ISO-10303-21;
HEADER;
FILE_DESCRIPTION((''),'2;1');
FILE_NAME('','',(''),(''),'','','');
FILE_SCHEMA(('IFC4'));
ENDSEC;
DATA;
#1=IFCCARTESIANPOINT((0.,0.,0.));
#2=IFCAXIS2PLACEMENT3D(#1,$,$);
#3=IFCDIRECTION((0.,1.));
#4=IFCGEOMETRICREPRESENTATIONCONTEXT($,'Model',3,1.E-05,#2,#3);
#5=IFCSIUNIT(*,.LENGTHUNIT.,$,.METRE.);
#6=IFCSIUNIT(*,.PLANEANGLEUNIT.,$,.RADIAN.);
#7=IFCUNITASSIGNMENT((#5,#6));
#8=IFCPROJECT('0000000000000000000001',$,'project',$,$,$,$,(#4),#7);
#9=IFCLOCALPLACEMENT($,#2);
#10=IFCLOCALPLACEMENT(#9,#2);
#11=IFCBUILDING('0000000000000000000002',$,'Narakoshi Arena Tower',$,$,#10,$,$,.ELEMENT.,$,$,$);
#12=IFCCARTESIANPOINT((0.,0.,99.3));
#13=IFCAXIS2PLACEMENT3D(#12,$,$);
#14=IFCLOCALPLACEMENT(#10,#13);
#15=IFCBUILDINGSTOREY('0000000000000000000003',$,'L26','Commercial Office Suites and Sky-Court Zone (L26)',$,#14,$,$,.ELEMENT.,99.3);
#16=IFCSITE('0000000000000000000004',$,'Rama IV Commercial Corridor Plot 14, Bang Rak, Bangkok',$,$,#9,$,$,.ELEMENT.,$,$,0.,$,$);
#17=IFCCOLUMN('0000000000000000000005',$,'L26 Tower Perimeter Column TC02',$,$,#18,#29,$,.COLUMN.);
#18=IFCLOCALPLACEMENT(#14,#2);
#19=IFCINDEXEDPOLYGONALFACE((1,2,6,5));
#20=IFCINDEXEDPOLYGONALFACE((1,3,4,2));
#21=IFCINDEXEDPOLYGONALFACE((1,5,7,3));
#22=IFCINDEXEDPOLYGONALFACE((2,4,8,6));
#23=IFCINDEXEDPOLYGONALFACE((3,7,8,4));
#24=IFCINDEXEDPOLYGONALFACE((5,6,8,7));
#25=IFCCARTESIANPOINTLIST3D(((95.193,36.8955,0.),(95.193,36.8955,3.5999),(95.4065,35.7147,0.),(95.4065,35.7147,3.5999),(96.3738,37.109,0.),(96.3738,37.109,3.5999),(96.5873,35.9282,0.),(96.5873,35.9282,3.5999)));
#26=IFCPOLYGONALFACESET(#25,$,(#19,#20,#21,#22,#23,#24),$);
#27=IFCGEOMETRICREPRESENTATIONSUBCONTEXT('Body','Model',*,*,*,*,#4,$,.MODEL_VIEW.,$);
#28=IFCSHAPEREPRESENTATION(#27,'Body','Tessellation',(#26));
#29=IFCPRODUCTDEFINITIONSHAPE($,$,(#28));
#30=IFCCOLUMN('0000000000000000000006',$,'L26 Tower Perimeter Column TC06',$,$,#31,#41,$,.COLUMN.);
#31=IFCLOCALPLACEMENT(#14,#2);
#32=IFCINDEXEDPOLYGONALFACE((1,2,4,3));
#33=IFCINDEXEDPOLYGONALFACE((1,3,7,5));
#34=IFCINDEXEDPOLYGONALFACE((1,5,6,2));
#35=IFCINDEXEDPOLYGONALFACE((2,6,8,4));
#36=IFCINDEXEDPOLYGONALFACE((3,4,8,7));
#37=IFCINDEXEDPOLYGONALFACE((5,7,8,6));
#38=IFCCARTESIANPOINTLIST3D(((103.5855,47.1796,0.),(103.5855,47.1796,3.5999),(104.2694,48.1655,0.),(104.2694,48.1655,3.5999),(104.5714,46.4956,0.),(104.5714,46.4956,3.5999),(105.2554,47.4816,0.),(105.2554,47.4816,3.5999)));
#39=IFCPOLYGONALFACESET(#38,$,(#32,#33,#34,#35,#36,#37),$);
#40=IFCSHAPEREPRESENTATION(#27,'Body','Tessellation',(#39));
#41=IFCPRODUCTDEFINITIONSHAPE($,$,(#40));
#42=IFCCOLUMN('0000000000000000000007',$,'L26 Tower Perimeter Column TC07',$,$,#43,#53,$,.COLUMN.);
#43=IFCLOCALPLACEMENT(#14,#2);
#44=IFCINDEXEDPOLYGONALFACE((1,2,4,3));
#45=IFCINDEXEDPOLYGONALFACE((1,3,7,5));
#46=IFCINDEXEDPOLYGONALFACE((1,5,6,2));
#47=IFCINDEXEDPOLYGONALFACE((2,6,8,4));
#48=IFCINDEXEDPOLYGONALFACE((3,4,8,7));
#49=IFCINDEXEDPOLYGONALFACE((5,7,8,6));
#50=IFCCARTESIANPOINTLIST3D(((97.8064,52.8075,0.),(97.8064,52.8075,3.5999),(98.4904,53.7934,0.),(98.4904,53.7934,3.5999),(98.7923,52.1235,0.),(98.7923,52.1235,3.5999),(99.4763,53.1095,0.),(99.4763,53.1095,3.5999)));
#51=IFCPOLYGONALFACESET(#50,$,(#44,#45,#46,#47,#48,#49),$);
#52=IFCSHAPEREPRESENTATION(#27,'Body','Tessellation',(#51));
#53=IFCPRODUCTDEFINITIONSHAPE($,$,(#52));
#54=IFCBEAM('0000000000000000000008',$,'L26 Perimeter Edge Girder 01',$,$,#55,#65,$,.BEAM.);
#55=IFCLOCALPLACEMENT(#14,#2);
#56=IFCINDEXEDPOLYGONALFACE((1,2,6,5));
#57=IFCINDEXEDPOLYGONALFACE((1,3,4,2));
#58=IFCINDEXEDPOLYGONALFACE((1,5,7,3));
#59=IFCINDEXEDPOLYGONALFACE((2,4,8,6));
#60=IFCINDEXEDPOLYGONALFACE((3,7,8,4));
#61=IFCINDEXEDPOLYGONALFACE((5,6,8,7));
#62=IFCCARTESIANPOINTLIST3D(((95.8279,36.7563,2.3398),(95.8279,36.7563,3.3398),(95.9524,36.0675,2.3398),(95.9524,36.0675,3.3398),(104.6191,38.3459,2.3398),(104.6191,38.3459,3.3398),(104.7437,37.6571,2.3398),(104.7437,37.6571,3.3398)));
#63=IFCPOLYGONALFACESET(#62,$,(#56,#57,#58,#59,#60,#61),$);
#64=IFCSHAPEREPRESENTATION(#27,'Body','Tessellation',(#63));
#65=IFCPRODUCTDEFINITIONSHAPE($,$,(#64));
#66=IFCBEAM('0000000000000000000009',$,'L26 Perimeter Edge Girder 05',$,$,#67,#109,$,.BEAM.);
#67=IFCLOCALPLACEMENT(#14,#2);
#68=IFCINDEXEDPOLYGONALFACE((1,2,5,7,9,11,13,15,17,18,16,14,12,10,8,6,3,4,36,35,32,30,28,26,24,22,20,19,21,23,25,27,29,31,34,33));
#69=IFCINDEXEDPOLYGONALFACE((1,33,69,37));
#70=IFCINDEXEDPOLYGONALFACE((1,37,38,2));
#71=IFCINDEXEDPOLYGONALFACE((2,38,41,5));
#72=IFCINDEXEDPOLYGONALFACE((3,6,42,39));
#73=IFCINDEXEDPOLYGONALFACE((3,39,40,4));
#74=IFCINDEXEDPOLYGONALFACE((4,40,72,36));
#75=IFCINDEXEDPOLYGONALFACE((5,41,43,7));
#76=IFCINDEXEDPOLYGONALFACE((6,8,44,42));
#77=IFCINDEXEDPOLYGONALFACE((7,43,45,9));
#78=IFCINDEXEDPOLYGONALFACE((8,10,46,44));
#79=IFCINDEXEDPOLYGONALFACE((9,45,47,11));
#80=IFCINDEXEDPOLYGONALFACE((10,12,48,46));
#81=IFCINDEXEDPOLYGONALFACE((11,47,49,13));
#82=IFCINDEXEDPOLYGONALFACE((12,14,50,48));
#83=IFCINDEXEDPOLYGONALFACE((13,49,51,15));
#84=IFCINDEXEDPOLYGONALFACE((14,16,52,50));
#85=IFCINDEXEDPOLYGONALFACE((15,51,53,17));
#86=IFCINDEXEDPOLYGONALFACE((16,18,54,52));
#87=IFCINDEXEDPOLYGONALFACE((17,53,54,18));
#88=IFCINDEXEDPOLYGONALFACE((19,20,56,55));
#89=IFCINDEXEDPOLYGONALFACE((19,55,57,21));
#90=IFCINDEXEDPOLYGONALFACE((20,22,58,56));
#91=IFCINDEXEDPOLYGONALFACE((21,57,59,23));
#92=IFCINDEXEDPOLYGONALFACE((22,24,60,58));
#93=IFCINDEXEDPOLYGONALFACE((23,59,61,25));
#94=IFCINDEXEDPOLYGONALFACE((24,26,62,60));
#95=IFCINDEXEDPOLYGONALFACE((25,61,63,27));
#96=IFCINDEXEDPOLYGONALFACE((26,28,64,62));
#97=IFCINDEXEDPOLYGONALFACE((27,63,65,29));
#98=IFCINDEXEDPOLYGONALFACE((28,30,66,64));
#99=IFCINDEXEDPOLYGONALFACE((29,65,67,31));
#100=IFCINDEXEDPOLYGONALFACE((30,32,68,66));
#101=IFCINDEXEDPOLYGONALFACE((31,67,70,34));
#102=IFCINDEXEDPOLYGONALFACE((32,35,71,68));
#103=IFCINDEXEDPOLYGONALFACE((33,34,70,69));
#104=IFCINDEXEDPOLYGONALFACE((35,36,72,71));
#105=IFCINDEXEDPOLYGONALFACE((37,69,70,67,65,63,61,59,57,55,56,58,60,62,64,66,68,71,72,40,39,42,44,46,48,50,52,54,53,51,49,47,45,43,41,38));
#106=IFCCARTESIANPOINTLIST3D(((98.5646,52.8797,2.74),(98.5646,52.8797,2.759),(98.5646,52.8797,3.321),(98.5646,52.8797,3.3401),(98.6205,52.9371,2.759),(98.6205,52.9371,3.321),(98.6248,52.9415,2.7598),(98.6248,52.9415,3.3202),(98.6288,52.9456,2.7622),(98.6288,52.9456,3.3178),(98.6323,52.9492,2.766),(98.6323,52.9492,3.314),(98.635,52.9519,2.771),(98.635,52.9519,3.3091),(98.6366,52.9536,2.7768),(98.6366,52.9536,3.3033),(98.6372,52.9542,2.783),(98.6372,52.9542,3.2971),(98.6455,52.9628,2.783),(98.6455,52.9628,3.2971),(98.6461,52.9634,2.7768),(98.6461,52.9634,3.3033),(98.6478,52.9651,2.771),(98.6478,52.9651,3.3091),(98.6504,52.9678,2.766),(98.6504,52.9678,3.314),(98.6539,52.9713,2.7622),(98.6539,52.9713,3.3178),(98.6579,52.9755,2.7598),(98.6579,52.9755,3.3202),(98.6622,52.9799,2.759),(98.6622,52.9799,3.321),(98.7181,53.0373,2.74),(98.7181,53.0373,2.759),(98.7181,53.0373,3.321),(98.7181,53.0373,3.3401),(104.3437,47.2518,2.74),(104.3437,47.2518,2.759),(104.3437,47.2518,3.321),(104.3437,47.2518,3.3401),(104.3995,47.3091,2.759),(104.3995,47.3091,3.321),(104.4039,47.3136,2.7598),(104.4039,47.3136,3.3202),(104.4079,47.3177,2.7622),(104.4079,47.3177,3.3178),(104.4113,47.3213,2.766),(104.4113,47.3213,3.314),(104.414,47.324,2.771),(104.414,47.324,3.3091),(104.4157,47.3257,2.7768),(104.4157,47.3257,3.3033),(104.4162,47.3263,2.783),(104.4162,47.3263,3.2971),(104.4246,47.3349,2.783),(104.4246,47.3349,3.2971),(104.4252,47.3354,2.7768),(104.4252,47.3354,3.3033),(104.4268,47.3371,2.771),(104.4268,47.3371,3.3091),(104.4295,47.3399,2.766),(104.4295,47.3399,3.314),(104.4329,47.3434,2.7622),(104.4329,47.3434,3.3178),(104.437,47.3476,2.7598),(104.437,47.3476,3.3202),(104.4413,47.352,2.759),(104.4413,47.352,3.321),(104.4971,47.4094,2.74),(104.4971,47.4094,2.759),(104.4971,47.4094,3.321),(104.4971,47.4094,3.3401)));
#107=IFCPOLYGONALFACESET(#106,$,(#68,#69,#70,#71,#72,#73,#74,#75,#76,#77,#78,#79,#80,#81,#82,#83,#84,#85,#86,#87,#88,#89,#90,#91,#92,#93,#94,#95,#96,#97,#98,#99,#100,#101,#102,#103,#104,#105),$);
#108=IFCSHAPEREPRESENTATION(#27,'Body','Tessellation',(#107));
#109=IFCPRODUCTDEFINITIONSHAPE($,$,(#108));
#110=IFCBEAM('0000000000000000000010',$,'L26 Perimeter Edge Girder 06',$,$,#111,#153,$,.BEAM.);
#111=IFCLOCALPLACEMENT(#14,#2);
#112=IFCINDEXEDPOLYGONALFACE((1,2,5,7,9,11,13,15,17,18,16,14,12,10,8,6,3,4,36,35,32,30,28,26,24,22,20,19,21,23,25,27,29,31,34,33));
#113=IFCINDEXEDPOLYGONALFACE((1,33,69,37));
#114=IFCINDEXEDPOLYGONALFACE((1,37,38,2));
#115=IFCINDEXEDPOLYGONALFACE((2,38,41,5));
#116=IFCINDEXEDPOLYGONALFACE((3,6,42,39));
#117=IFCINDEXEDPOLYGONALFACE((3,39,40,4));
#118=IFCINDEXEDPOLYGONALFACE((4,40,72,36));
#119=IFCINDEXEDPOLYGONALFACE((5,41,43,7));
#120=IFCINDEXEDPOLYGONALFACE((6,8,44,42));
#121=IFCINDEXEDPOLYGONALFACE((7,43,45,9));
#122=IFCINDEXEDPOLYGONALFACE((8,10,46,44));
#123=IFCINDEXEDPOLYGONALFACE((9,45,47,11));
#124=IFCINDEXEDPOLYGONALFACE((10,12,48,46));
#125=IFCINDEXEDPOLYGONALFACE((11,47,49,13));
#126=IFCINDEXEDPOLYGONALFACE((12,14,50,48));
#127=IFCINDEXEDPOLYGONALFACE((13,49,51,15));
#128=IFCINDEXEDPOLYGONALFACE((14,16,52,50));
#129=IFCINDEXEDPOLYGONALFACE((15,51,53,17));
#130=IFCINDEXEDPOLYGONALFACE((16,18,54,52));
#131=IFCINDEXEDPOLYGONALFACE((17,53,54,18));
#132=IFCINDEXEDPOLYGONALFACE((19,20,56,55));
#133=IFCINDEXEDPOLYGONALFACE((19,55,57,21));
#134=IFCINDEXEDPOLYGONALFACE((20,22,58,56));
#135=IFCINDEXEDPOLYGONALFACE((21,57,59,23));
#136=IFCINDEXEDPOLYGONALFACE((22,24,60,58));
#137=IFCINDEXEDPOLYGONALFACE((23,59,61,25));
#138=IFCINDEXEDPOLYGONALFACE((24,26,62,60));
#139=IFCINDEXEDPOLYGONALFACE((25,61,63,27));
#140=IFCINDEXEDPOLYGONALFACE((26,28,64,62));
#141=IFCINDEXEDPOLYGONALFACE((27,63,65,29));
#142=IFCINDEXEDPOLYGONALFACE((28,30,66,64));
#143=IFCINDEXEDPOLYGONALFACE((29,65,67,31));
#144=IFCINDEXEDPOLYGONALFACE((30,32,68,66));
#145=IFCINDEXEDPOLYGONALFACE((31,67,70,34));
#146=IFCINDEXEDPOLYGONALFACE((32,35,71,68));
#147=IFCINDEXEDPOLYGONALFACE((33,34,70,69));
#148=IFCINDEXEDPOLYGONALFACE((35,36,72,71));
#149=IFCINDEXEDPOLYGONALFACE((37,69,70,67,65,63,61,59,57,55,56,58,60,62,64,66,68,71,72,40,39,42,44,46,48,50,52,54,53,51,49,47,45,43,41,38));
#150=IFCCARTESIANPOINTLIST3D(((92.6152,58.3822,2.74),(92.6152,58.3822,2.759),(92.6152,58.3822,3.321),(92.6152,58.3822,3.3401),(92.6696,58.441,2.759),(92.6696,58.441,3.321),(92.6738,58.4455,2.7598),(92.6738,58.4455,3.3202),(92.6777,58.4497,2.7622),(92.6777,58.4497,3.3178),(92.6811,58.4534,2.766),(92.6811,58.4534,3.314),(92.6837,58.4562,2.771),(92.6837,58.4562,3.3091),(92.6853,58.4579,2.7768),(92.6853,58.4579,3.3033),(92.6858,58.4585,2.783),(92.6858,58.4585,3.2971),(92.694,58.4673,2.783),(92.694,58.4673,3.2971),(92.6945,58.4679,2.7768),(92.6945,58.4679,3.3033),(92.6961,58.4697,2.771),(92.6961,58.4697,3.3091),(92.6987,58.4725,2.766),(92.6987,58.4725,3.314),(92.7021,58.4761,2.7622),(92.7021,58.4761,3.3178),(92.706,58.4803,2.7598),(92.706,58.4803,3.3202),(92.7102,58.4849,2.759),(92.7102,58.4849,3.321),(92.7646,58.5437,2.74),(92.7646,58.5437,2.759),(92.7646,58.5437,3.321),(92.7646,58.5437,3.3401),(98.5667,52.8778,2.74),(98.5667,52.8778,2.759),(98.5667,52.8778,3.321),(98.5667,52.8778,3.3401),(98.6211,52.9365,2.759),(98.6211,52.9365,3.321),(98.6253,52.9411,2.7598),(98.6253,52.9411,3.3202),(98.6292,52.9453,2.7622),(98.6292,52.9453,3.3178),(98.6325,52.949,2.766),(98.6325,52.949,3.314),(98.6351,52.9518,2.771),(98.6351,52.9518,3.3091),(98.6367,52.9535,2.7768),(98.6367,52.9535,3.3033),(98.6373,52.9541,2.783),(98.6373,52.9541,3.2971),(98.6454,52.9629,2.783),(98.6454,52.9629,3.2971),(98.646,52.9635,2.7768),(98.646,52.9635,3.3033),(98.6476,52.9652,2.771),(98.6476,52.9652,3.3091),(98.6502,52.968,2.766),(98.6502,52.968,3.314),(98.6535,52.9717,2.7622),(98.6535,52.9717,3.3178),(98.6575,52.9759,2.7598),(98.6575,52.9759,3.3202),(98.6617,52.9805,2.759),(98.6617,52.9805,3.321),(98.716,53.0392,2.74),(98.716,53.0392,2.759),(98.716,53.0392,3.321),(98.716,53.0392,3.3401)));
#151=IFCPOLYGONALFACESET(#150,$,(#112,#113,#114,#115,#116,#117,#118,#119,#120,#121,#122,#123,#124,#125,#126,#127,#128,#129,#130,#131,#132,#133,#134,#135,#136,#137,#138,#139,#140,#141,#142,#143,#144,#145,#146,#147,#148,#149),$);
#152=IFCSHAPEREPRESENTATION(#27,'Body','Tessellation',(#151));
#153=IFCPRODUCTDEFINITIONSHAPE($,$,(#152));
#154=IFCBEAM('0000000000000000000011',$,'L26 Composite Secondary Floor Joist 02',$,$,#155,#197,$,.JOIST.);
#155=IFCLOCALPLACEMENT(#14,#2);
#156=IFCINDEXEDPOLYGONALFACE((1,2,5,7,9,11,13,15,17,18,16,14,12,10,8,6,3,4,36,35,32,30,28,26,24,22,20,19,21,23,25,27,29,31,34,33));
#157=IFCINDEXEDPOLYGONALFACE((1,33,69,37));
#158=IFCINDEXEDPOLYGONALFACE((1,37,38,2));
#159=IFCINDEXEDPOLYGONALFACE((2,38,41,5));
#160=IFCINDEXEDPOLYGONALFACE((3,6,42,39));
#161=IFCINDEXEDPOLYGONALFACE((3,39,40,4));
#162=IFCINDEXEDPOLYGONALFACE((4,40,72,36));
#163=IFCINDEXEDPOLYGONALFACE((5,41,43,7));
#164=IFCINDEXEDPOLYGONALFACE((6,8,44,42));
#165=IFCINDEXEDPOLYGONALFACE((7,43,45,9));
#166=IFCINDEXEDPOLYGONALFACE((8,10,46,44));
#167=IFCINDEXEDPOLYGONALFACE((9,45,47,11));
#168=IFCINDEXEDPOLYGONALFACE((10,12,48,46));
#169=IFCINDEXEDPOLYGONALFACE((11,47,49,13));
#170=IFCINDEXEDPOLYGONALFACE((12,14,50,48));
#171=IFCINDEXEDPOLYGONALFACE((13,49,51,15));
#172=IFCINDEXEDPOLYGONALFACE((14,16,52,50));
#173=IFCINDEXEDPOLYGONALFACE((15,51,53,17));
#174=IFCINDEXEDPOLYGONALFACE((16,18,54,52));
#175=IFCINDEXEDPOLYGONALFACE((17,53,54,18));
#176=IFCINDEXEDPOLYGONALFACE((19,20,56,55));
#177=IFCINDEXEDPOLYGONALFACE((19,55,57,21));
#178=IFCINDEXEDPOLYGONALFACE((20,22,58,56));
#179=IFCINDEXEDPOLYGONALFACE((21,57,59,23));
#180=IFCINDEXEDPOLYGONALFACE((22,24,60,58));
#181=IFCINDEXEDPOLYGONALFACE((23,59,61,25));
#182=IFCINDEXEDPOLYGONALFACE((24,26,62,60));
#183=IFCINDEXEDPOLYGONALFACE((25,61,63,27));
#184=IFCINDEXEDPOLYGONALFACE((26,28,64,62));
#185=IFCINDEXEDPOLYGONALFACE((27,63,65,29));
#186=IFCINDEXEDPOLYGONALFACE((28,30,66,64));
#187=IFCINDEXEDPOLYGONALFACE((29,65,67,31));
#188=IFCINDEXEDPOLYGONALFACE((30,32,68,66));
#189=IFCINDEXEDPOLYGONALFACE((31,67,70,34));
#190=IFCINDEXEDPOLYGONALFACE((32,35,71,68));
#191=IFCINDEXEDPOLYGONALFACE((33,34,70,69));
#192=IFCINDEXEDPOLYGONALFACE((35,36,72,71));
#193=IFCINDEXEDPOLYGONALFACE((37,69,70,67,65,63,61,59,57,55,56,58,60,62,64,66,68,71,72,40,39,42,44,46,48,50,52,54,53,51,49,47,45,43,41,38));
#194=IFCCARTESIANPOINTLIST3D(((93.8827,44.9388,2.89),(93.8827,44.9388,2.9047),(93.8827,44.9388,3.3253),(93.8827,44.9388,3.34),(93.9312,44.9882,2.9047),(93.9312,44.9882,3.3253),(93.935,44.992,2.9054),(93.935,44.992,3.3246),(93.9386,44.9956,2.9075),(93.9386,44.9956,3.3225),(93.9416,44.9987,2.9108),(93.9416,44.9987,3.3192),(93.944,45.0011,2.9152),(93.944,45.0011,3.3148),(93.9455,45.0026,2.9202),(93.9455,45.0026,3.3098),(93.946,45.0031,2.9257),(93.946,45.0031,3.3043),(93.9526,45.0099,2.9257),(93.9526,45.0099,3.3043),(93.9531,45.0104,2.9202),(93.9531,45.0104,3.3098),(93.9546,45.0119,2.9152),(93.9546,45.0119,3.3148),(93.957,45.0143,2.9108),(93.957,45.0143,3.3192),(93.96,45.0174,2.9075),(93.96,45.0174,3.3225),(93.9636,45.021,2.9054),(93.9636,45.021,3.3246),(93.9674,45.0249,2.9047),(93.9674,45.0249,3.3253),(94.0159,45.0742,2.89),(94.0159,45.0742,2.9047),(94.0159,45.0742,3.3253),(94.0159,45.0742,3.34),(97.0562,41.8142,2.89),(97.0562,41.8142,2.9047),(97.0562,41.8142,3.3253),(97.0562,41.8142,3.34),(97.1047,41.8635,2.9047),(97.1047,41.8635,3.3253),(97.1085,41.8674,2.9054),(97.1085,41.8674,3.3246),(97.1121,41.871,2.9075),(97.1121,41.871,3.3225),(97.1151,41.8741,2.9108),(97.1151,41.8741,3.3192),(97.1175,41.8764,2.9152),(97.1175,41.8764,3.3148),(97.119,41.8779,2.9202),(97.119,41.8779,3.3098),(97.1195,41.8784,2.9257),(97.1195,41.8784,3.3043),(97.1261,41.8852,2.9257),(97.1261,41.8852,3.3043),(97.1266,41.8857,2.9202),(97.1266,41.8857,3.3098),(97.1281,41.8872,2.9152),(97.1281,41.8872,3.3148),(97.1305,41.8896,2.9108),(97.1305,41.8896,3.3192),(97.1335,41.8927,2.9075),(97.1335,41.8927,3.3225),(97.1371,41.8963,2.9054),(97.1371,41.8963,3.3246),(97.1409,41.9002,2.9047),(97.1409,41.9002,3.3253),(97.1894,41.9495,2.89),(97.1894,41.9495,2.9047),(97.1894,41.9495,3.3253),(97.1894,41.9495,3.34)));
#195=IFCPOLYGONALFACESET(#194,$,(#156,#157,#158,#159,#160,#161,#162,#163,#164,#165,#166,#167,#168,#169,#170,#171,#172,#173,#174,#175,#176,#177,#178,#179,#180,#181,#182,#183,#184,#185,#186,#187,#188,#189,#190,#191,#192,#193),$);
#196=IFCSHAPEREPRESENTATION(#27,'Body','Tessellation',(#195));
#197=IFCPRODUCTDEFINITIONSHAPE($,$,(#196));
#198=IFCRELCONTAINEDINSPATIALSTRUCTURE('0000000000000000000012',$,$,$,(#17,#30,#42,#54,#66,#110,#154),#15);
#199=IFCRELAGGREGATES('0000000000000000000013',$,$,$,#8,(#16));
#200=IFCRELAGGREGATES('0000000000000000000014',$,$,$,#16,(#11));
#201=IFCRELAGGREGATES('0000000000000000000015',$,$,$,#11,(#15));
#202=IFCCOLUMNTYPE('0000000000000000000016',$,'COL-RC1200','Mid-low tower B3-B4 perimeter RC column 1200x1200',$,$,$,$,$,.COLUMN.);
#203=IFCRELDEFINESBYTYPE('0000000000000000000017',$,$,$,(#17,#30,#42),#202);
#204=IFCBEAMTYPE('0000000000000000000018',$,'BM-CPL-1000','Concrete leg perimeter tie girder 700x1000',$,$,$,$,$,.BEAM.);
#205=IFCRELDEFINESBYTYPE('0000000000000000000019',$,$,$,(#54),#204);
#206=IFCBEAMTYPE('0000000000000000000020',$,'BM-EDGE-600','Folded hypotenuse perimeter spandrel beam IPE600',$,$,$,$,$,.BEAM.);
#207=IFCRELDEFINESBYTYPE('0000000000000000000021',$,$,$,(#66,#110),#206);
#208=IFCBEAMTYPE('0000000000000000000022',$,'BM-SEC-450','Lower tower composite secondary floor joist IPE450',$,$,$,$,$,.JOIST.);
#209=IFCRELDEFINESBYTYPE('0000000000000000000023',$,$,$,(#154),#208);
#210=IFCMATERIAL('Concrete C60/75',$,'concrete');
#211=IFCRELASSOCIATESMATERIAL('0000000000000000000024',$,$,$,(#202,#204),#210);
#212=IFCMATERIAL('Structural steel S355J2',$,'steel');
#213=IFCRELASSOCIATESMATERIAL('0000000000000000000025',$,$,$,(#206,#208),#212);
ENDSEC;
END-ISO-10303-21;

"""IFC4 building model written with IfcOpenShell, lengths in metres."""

from ifc_helpers import new_model, si_unit, direction, frame, origin, origin_2d, place, context, subcontext, project, spatial, rectangle, i_section, extrude, material, material_profile, profile_set, type_object, element, save


model = new_model("IFC4")

# Units and contexts
model_context = context("Model", 3, precision=1e-05, world=origin(), true_north=direction((0.0, 1.0)))
body_context = subcontext(model_context, "Body", "Model", "MODEL_VIEW")
ifc_project = project(units=[si_unit("LENGTHUNIT", "METRE"), si_unit("PLANEANGLEUNIT", "RADIAN")], contexts=[model_context])

# Site, building, storey
site_placement = place(None, origin())
site = spatial("IfcSite", under=ifc_project, at=site_placement, Name="Rama IV Commercial Corridor Plot 14, Bang Rak, Bangkok", CompositionType="ELEMENT", RefElevation=0.0)
building_placement = place(site_placement, origin())
building = spatial("IfcBuilding", under=site, at=building_placement, Name="Narakoshi Arena Tower", CompositionType="ELEMENT")
storey_placement = place(building_placement, frame((0.0, 0.0, 99.3)))
storey = spatial("IfcBuildingStorey", under=building, at=storey_placement, Name="L26", Description="Commercial Office Suites and Sky-Court Zone (L26)", CompositionType="ELEMENT", Elevation=99.3)

# Columns
ifc_material_1 = material(Name="Concrete C60/75", Category="concrete")
ifc_material_profile_1 = material_profile(ifc_material_1, rectangle(XDim=1.2, YDim=1.2, at=origin_2d()), Name="RC1200x1200")
ifc_profile_set_1 = profile_set([ifc_material_profile_1], Name="Concrete C60/75")
column_type = type_object("IfcColumnType", Name="COL-RC1200", Description="Mid-low tower B3-B4 perimeter RC column 1200x1200", PredefinedType="COLUMN", material=ifc_profile_set_1)
for number, where, z_axis, x_axis, name in (
    (1, (95.8901, 36.4119, 0.0), (0.0, 0.0, 1.0), (0.984041, 0.177944, 0.0), "L26 Tower Perimeter Column TC02"),
    (2, (104.4204, 47.3306, 0.0), (0.0, 0.0, 1.0), (0.569997, 0.821647, 0.0), "L26 Tower Perimeter Column TC06"),
    (3, (98.6414, 52.9585, 0.0), (0.0, 0.0, 1.0), (0.569997, 0.821647, 0.0), "L26 Tower Perimeter Column TC07"),
):
    element("IfcColumn", number, at=place(storey_placement, frame(where, z_axis=z_axis, x_axis=x_axis)), inside=storey, type_object=column_type, Name=name, PredefinedType="COLUMN", context=body_context, shape_type="SweptSolid", body=[
        extrude(rectangle(XDim=1.2, YDim=1.2, at=origin_2d()), origin(), (0.0, 0.0, 1.0), 3.5999),
    ])

# Beams
ifc_material_profile_2 = material_profile(ifc_material_1, rectangle(XDim=0.7, YDim=1.0, at=origin_2d()), Name="RCB700x1000")
ifc_profile_set_2 = profile_set([ifc_material_profile_2], Name="Concrete C60/75")
beam_type_1 = type_object("IfcBeamType", Name="BM-CPL-1000", Description="Concrete leg perimeter tie girder 700x1000", PredefinedType="BEAM", material=ifc_profile_set_2)
beam_1_placement = place(storey_placement, frame((95.8901, 36.4119, 2.8398), z_axis=(0.984043, 0.177931, 0.0), x_axis=(-0.177931, 0.984043, 0.0)))
element("IfcBeam", 4, at=beam_1_placement, inside=storey, type_object=beam_type_1, Name="L26 Perimeter Edge Girder 01", PredefinedType="BEAM", context=body_context, shape_type="SweptSolid", body=[
    extrude(rectangle(XDim=0.7, YDim=1.0, at=origin_2d()), origin(), (0.0, 0.0, 1.0), 8.9338),
])
ifc_material_2 = material(Name="Structural steel S355J2", Category="steel")
ifc_material_profile_3 = material_profile(ifc_material_2, i_section(OverallWidth=0.22, OverallDepth=0.6001, WebThickness=0.012, FlangeThickness=0.019, FilletRadius=0.0239, at=origin_2d()), Name="IPE600")
ifc_profile_set_3 = profile_set([ifc_material_profile_3], Name="Structural steel S355J2")
beam_type_2 = type_object("IfcBeamType", Name="BM-EDGE-600", Description="Folded hypotenuse perimeter spandrel beam IPE600", PredefinedType="BEAM", material=ifc_profile_set_3)
beam_2_placement = place(storey_placement, frame((104.4204, 47.3306, 3.04), z_axis=(-0.716412, 0.697678, 0.0), x_axis=(-0.697678, -0.716412, 0.0)))
element("IfcBeam", 5, at=beam_2_placement, inside=storey, type_object=beam_type_2, Name="L26 Perimeter Edge Girder 05", PredefinedType="BEAM", context=body_context, shape_type="SweptSolid", body=[
    extrude(i_section(OverallWidth=0.22, OverallDepth=0.6001, WebThickness=0.012, FlangeThickness=0.019, FilletRadius=0.0239, at=origin_2d()), origin(), (0.0, 0.0, 1.0), 8.0667),
])
beam_3_placement = place(storey_placement, frame((98.6414, 52.9585, 3.04), z_axis=(-0.73414, 0.678998, 0.0), x_axis=(-0.678998, -0.73414, 0.0)))
element("IfcBeam", 6, at=beam_3_placement, inside=storey, type_object=beam_type_2, Name="L26 Perimeter Edge Girder 06", PredefinedType="BEAM", context=body_context, shape_type="SweptSolid", body=[
    extrude(i_section(OverallWidth=0.22, OverallDepth=0.6001, WebThickness=0.012, FlangeThickness=0.019, FilletRadius=0.0239, at=origin_2d()), origin(), (0.0, 0.0, 1.0), 8.1067),
])
ifc_material_profile_4 = material_profile(ifc_material_2, i_section(OverallWidth=0.1899, OverallDepth=0.45, WebThickness=0.0095, FlangeThickness=0.0146, FilletRadius=0.021, at=origin_2d()), Name="IPE450")
ifc_profile_set_4 = profile_set([ifc_material_profile_4], Name="Structural steel S355J2")
beam_type_3 = type_object("IfcBeamType", Name="BM-SEC-450", Description="Lower tower composite secondary floor joist IPE450", PredefinedType="JOIST", material=ifc_profile_set_4)
beam_4_placement = place(storey_placement, frame((97.1228, 41.8818, 3.115), z_axis=(-0.712567, 0.701604, 0.0), x_axis=(-0.701604, -0.712567, 0.0)))
element("IfcBeam", 7, at=beam_4_placement, inside=storey, type_object=beam_type_3, Name="L26 Composite Secondary Floor Joist 02", PredefinedType="JOIST", context=body_context, shape_type="SweptSolid", body=[
    extrude(i_section(OverallWidth=0.1899, OverallDepth=0.45, WebThickness=0.0095, FlangeThickness=0.0146, FilletRadius=0.021, at=origin_2d()), origin(), (0.0, 0.0, 1.0), 4.4536),
])

save(model, "model.ifc")
